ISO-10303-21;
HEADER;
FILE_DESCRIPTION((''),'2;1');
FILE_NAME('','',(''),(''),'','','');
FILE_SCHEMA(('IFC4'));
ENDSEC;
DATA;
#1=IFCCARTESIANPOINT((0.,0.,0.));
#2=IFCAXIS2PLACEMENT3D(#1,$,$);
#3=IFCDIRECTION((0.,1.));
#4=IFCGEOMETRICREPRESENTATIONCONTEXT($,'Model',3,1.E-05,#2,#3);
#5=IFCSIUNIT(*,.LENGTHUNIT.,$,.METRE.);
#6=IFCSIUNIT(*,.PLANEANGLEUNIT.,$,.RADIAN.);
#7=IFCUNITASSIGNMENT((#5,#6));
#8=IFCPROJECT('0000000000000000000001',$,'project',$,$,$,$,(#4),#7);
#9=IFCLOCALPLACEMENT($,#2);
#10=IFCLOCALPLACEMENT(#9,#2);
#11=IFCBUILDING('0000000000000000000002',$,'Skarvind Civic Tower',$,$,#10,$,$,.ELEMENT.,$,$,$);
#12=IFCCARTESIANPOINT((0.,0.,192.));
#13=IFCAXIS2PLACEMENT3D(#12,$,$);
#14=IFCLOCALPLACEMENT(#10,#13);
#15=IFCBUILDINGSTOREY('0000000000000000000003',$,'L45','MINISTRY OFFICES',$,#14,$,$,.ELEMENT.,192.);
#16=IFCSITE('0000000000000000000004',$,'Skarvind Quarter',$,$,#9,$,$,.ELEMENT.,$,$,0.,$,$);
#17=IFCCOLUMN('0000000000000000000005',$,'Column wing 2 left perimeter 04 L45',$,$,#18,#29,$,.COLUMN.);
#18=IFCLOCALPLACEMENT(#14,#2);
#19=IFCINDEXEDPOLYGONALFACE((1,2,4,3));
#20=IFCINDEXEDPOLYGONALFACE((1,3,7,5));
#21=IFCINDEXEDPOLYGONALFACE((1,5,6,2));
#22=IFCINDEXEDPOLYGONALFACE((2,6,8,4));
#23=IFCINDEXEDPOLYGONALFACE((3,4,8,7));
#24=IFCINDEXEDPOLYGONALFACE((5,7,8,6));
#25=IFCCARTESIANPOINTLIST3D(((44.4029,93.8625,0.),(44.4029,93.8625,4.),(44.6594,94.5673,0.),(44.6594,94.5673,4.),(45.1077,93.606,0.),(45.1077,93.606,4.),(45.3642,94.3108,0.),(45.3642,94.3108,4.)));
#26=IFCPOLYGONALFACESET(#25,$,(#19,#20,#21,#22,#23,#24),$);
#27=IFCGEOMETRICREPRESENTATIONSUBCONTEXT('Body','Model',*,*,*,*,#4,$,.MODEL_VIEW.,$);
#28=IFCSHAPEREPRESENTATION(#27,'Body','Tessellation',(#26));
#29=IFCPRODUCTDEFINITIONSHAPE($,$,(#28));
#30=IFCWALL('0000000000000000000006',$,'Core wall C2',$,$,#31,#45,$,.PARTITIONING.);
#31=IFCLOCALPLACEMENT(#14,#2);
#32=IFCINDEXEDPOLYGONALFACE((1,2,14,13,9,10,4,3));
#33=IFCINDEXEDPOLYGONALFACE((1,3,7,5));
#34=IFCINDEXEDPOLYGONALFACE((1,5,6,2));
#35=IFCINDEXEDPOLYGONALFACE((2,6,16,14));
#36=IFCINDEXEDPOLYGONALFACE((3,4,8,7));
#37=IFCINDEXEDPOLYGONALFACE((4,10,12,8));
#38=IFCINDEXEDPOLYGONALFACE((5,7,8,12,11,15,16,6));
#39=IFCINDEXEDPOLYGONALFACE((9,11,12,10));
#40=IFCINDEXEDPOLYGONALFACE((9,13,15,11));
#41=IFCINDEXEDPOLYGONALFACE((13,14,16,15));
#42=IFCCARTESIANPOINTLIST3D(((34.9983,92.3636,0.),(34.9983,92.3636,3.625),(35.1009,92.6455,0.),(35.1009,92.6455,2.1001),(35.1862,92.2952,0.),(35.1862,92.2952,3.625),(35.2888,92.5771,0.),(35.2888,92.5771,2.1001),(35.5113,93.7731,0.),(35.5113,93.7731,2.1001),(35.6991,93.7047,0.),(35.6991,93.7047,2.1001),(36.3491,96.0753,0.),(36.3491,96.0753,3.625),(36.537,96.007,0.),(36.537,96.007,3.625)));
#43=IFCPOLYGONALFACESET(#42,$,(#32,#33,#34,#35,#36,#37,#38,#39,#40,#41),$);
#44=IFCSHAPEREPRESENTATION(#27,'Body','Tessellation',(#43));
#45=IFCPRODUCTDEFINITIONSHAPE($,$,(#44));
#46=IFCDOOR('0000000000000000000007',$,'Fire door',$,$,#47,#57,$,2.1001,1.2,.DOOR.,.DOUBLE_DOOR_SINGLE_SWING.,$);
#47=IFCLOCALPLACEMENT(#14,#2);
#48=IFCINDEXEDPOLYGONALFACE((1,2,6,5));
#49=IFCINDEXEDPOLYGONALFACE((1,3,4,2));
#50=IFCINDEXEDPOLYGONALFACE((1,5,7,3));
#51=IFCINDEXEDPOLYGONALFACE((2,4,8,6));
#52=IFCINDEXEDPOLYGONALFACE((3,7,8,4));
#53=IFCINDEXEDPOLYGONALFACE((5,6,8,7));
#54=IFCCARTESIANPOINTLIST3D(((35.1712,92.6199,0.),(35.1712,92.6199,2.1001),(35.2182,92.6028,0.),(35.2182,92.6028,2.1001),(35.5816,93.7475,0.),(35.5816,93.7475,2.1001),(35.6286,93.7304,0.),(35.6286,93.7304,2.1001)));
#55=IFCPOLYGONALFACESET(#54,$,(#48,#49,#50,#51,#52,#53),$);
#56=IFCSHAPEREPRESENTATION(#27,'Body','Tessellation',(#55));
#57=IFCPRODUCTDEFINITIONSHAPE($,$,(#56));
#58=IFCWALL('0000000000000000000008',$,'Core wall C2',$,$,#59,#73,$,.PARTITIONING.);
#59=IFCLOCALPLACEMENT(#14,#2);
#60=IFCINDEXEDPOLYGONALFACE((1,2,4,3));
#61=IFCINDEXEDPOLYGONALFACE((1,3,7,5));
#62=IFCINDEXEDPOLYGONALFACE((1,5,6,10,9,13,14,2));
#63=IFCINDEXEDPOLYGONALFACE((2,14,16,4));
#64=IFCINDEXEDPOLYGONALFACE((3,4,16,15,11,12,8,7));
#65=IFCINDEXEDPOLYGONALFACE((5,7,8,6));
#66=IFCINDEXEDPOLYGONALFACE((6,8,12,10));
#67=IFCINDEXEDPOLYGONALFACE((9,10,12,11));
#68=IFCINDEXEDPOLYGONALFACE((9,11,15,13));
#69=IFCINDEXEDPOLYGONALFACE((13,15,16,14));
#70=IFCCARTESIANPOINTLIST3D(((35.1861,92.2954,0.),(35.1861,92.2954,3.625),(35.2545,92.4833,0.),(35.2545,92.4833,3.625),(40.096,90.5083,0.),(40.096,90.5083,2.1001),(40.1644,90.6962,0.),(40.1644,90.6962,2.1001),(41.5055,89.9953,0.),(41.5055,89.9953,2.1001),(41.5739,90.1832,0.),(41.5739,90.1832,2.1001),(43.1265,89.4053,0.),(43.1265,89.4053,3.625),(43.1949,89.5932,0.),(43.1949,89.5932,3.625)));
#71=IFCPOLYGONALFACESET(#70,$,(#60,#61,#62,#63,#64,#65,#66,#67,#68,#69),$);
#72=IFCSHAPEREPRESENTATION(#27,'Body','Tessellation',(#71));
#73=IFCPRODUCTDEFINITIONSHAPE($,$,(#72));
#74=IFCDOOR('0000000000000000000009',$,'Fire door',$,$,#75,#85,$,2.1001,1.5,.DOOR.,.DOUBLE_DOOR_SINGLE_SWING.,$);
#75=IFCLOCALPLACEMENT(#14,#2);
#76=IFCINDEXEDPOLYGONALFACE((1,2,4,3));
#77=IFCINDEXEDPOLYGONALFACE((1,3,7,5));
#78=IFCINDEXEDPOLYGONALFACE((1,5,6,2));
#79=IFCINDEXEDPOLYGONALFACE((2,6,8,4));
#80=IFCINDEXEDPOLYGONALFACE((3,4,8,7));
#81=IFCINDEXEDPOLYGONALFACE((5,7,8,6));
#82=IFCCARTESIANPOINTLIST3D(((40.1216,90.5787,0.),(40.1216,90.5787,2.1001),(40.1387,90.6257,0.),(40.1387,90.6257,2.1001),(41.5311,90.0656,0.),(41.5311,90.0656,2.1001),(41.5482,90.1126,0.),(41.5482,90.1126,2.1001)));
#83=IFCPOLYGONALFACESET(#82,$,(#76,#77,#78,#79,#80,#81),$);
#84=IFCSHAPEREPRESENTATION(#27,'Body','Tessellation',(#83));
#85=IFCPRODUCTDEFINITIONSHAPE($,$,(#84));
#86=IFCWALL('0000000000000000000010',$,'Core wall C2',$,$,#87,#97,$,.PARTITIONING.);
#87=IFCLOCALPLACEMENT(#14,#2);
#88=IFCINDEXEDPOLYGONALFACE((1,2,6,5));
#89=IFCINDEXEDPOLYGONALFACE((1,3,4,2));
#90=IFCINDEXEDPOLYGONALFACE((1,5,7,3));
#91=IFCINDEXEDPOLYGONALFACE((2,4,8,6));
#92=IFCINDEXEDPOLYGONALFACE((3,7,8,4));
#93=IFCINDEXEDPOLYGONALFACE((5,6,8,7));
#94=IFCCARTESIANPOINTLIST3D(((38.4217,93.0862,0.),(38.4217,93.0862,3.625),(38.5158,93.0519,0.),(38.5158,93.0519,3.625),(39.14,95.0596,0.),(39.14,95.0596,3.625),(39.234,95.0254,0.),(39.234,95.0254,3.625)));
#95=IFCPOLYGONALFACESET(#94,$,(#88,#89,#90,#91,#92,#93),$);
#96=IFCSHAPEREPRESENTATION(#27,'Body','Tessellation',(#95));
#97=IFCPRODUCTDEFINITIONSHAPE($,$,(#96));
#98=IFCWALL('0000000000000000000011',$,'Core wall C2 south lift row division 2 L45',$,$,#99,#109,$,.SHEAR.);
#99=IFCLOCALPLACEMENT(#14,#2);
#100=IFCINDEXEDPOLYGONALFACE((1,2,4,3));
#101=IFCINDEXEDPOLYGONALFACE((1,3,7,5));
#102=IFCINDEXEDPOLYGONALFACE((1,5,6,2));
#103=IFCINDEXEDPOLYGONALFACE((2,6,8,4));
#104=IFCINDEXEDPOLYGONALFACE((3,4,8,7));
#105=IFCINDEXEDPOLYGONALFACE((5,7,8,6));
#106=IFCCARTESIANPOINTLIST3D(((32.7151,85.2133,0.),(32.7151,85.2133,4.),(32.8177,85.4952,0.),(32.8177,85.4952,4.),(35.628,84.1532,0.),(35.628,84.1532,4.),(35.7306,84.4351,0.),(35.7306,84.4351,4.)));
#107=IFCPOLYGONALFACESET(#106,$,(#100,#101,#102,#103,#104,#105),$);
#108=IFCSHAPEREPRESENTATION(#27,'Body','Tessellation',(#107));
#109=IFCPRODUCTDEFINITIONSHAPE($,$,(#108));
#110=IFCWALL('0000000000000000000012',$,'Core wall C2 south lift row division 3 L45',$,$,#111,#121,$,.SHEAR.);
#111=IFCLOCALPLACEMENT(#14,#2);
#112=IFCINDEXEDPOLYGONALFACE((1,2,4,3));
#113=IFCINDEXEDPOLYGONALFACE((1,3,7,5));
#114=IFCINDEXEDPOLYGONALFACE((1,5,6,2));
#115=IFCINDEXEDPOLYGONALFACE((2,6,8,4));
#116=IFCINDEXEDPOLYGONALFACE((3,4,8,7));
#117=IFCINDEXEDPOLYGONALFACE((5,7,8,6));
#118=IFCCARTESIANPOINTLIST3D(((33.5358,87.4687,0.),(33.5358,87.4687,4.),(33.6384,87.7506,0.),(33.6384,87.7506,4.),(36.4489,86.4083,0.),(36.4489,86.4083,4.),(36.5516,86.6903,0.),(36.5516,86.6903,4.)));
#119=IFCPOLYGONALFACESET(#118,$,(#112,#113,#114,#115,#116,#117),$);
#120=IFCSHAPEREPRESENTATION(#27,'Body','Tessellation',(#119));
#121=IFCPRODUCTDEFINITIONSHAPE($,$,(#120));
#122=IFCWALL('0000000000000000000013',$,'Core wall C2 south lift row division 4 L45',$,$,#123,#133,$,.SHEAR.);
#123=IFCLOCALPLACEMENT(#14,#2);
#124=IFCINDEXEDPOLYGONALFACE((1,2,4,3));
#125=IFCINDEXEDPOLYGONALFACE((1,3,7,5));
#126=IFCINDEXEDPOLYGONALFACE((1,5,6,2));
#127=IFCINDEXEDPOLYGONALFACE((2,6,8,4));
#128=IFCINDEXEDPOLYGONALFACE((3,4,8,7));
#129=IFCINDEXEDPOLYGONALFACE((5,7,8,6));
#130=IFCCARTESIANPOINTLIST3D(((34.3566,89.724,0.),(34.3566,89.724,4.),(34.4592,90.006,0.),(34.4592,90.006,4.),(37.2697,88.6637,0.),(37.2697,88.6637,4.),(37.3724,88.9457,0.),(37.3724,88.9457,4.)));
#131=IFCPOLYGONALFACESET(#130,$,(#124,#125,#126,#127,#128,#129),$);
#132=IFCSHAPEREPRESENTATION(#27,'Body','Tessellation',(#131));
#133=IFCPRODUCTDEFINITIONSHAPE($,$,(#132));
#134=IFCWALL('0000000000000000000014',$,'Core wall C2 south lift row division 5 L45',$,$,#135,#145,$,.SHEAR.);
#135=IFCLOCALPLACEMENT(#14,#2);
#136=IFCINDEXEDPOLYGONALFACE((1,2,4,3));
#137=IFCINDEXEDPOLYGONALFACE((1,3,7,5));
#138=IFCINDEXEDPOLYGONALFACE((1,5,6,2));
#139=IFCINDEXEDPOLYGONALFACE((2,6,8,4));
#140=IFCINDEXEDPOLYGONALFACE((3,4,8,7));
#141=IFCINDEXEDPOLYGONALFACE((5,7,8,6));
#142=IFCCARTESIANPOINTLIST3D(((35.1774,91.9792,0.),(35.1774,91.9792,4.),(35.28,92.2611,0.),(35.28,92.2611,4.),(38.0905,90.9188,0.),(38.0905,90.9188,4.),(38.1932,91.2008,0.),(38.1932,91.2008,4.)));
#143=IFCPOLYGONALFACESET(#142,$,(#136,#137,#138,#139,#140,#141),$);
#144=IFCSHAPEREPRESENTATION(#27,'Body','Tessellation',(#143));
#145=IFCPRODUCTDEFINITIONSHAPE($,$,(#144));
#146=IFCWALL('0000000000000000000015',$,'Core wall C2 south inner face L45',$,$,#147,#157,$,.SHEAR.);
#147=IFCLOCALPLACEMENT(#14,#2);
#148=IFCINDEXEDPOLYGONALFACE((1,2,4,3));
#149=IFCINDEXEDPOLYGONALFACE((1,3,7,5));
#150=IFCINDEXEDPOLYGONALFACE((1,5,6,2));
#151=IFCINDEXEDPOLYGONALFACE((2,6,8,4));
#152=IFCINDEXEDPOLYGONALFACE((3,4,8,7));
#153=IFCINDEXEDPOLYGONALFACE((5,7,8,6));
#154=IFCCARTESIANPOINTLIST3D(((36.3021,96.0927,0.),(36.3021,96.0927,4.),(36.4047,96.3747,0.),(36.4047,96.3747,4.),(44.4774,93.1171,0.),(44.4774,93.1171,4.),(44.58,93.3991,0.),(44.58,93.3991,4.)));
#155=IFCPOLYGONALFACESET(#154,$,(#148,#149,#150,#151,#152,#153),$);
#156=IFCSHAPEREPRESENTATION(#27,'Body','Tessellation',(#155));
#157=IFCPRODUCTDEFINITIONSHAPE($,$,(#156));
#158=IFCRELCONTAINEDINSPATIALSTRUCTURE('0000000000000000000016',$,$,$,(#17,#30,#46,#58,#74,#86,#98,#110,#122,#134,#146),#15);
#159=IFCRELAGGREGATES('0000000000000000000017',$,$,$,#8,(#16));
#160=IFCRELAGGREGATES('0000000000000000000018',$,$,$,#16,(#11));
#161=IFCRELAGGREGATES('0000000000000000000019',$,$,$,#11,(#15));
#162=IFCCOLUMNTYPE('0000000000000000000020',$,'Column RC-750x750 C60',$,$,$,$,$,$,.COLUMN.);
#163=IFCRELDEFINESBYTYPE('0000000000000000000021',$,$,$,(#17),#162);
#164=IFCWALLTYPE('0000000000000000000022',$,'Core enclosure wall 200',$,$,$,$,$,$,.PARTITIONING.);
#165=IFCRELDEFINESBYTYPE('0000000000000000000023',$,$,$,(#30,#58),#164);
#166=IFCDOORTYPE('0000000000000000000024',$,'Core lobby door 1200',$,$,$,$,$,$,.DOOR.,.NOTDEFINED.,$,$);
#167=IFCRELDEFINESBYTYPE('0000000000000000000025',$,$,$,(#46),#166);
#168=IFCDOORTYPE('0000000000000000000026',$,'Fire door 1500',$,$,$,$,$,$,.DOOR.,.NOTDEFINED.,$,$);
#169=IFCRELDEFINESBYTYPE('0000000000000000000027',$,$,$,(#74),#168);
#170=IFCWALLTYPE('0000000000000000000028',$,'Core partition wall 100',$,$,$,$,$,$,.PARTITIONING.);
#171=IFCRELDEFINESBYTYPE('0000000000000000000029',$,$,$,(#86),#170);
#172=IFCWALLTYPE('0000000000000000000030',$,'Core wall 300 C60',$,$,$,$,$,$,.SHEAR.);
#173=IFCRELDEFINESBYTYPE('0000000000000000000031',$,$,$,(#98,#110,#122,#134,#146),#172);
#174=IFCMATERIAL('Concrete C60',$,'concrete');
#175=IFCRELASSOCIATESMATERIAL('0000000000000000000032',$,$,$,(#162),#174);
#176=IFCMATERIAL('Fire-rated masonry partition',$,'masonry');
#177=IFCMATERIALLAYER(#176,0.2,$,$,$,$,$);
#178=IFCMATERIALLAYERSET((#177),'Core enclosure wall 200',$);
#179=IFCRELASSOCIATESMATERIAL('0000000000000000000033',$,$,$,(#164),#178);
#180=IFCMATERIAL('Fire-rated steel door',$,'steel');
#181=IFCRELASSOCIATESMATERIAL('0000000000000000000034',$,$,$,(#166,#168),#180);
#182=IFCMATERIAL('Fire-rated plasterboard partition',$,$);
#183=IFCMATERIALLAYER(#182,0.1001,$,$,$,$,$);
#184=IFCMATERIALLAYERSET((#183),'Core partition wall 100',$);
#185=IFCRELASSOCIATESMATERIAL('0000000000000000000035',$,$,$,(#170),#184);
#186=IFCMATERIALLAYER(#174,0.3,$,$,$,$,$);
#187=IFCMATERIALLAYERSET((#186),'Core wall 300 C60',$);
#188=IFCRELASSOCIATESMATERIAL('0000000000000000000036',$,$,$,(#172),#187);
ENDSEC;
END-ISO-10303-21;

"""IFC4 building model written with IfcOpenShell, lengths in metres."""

from ifc_helpers import new_model, si_unit, direction, frame, frame_2d, origin, origin_2d, place, context, subcontext, project, spatial, rectangle, extrude, material, layer, layer_set, material_profile, profile_set, type_object, element, fill, save


model = new_model("IFC4")

# Units and contexts
model_context = context("Model", 3, precision=1e-05, world=origin(), true_north=direction((0.0, 1.0)))
body_context = subcontext(model_context, "Body", "Model", "MODEL_VIEW")
ifc_project = project(units=[si_unit("LENGTHUNIT", "METRE"), si_unit("PLANEANGLEUNIT", "RADIAN")], contexts=[model_context])

# Site, building, storey
site_placement = place(None, origin())
site = spatial("IfcSite", under=ifc_project, at=site_placement, Name="Skarvind Quarter", CompositionType="ELEMENT", RefElevation=0.0)
building_placement = place(site_placement, origin())
building = spatial("IfcBuilding", under=site, at=building_placement, Name="Skarvind Civic Tower", CompositionType="ELEMENT")
storey_placement = place(building_placement, frame((0.0, 0.0, 192.0)))
storey = spatial("IfcBuildingStorey", under=building, at=storey_placement, Name="L45", Description="MINISTRY OFFICES", CompositionType="ELEMENT", Elevation=192.0)

# Column
ifc_material_1 = material(Name="Concrete C60", Category="concrete")
ifc_material_profile = material_profile(ifc_material_1, rectangle(XDim=0.75, YDim=0.75, at=origin_2d()), Name="RC-750x750")
ifc_profile_set = profile_set([ifc_material_profile], Name="Concrete C60")
column_type = type_object("IfcColumnType", Name="Column RC-750x750 C60", PredefinedType="COLUMN", material=ifc_profile_set)
column_placement = place(storey_placement, frame((44.8835, 94.0867, 0.0), z_axis=(0.0, 0.0, 1.0), x_axis=(-0.34202, -0.939693, 0.0)))
element("IfcColumn", 1, at=column_placement, inside=storey, type_object=column_type, Name="Column wing 2 left perimeter 04 L45", PredefinedType="COLUMN", context=body_context, shape_type="SweptSolid", body=[
    extrude(rectangle(XDim=0.75, YDim=0.75, at=origin_2d()), origin(), (0.0, 0.0, 1.0), 4.0),
])

# Walls, openings, doors
ifc_material_2 = material(Name="Fire-rated masonry partition", Category="masonry")
ifc_layer_1 = layer(ifc_material_2, 0.2)
ifc_layer_set_1 = layer_set([ifc_layer_1], Name="Core enclosure wall 200")
wall_type_1 = type_object("IfcWallType", Name="Core enclosure wall 200", PredefinedType="PARTITIONING", material=ifc_layer_set_1)
wall_1_placement = place(storey_placement, frame((36.4431, 96.0413, 0.0), z_axis=(0.0, 0.0, 1.0), x_axis=(-0.341996, -0.939701, 0.0)))
wall_1 = element("IfcWall", 2, at=wall_1_placement, inside=storey, type_object=wall_type_1, Name="Core wall C2", PredefinedType="PARTITIONING", context=body_context, shape_type="SweptSolid", body=[
    extrude(rectangle(XDim=3.95, YDim=0.2, at=frame_2d((1.9751, 0.0))), origin(), (0.0, 0.0, 1.0), 3.625),
])
opening_1_placement = place(wall_1_placement, frame((2.45, 0.0, 0.0)))
opening_1 = element("IfcOpeningElement", 3, at=opening_1_placement, cuts=wall_1, PredefinedType="OPENING", context=body_context, shape_type="SweptSolid", body=[
    extrude(rectangle(XDim=1.2, YDim=2.1001, at=frame_2d((0.6001, 1.05))), frame((0.0, 0.1099, 0.0), z_axis=(0.0, -1.0, 0.0), x_axis=(1.0, 0.0, 0.0)), (0.0, 0.0, 1.0), 0.22),
])
ifc_material_3 = material(Name="Fire-rated steel door", Category="steel")
door_type_1 = type_object("IfcDoorType", Name="Core lobby door 1200", OperationType="NOTDEFINED", PredefinedType="DOOR", material=ifc_material_3)
door_1_placement = place(opening_1_placement, origin())
door_1 = element("IfcDoor", 4, at=door_1_placement, inside=storey, type_object=door_type_1, Name="Fire door", OperationType="DOUBLE_DOOR_SINGLE_SWING", OverallHeight=2.1001, OverallWidth=1.2, PredefinedType="DOOR", context=body_context, shape_type="SweptSolid", body=[
    extrude(rectangle(XDim=1.2, YDim=2.1001, at=frame_2d((0.6001, 1.05))), frame((0.0, 0.0249, 0.0), z_axis=(0.0, -1.0, 0.0), x_axis=(1.0, 0.0, 0.0)), (0.0, 0.0, 1.0), 0.05),
])
fill(opening_1, door_1)
wall_2_placement = place(storey_placement, frame((35.2202, 92.3894, 0.0), z_axis=(0.0, 0.0, 1.0), x_axis=(0.93969, -0.342026, 0.0)))
wall_2 = element("IfcWall", 5, at=wall_2_placement, inside=storey, type_object=wall_type_1, Name="Core wall C2", PredefinedType="PARTITIONING", context=body_context, shape_type="SweptSolid", body=[
    extrude(rectangle(XDim=8.45, YDim=0.2, at=frame_2d((4.2251, 0.0))), origin(), (0.0, 0.0, 1.0), 3.625),
])
opening_2_placement = place(wall_2_placement, frame((5.2251, 0.0, 0.0)))
opening_2 = element("IfcOpeningElement", 6, at=opening_2_placement, cuts=wall_2, PredefinedType="OPENING", context=body_context, shape_type="SweptSolid", body=[
    extrude(rectangle(XDim=1.5, YDim=2.1001, at=frame_2d((0.75, 1.05))), frame((0.0, 0.1099, 0.0), z_axis=(0.0, -1.0, 0.0), x_axis=(1.0, 0.0, 0.0)), (0.0, 0.0, 1.0), 0.22),
])
door_type_2 = type_object("IfcDoorType", Name="Fire door 1500", OperationType="NOTDEFINED", PredefinedType="DOOR", material=ifc_material_3)
door_2_placement = place(opening_2_placement, origin())
door_2 = element("IfcDoor", 7, at=door_2_placement, inside=storey, type_object=door_type_2, Name="Fire door", OperationType="DOUBLE_DOOR_SINGLE_SWING", OverallHeight=2.1001, OverallWidth=1.5, PredefinedType="DOOR", context=body_context, shape_type="SweptSolid", body=[
    extrude(rectangle(XDim=1.5, YDim=2.1001, at=frame_2d((0.75, 1.05))), frame((0.0, 0.0249, 0.0), z_axis=(0.0, -1.0, 0.0), x_axis=(1.0, 0.0, 0.0)), (0.0, 0.0, 1.0), 0.05),
])
fill(opening_2, door_2)

# Walls
ifc_material_4 = material(Name="Fire-rated plasterboard partition")
ifc_layer_2 = layer(ifc_material_4, 0.1001)
ifc_layer_set_2 = layer_set([ifc_layer_2], Name="Core partition wall 100")
wall_type_2 = type_object("IfcWallType", Name="Core partition wall 100", PredefinedType="PARTITIONING", material=ifc_layer_set_2)
wall_3_placement = place(storey_placement, frame((39.187, 95.0425, 0.0), z_axis=(0.0, 0.0, 1.0), x_axis=(-0.342023, -0.939692, 0.0)))
element("IfcWall", 8, at=wall_3_placement, inside=storey, type_object=wall_type_2, Name="Core wall C2", PredefinedType="PARTITIONING", context=body_context, shape_type="SweptSolid", body=[
    extrude(rectangle(XDim=2.1001, YDim=0.1001, at=frame_2d((1.05, 0.0))), origin(), (0.0, 0.0, 1.0), 3.625),
])
ifc_layer_3 = layer(ifc_material_1, 0.3)
ifc_layer_set_3 = layer_set([ifc_layer_3], Name="Core wall 300 C60")
wall_type_3 = type_object("IfcWallType", Name="Core wall 300 C60", PredefinedType="SHEAR", material=ifc_layer_set_3)
wall_4_placement = place(storey_placement, frame((35.6792, 84.2942, 0.0), z_axis=(0.0, 0.0, 1.0), x_axis=(-0.939706, 0.341983, 0.0)))
element("IfcWall", 9, at=wall_4_placement, inside=storey, type_object=wall_type_3, Name="Core wall C2 south lift row division 2 L45", PredefinedType="SHEAR", context=body_context, shape_type="SweptSolid", body=[
    extrude(rectangle(XDim=3.0999, YDim=0.3, at=frame_2d((1.5498, 0.0))), origin(), (0.0, 0.0, 1.0), 4.0),
])
for number, where, z_axis, x_axis, name in (
    (10, (36.5002, 86.5493, 0.0), (0.0, 0.0, 1.0), (-0.93969, 0.342028, 0.0), "Core wall C2 south lift row division 3 L45"),
    (11, (37.321, 88.8047, 0.0), (0.0, 0.0, 1.0), (-0.93969, 0.342028, 0.0), "Core wall C2 south lift row division 4 L45"),
    (12, (38.1418, 91.0598, 0.0), (0.0, 0.0, 1.0), (-0.93969, 0.342028, 0.0), "Core wall C2 south lift row division 5 L45"),
):
    element("IfcWall", number, at=place(storey_placement, frame(where, z_axis=z_axis, x_axis=x_axis)), inside=storey, type_object=wall_type_3, Name=name, PredefinedType="SHEAR", context=body_context, shape_type="SweptSolid", body=[
        extrude(rectangle(XDim=3.1001, YDim=0.3, at=frame_2d((1.55, 0.0))), origin(), (0.0, 0.0, 1.0), 4.0),
    ])
wall_5_placement = place(storey_placement, frame((44.5288, 93.2581, 0.0), z_axis=(0.0, 0.0, 1.0), x_axis=(-0.939692, 0.342022, 0.0)))
element("IfcWall", 13, at=wall_5_placement, inside=storey, type_object=wall_type_3, Name="Core wall C2 south inner face L45", PredefinedType="SHEAR", context=body_context, shape_type="SweptSolid", body=[
    extrude(rectangle(XDim=8.7, YDim=0.3, at=frame_2d((4.3501, 0.0))), origin(), (0.0, 0.0, 1.0), 4.0),
])

save(model, "model.ifc")
